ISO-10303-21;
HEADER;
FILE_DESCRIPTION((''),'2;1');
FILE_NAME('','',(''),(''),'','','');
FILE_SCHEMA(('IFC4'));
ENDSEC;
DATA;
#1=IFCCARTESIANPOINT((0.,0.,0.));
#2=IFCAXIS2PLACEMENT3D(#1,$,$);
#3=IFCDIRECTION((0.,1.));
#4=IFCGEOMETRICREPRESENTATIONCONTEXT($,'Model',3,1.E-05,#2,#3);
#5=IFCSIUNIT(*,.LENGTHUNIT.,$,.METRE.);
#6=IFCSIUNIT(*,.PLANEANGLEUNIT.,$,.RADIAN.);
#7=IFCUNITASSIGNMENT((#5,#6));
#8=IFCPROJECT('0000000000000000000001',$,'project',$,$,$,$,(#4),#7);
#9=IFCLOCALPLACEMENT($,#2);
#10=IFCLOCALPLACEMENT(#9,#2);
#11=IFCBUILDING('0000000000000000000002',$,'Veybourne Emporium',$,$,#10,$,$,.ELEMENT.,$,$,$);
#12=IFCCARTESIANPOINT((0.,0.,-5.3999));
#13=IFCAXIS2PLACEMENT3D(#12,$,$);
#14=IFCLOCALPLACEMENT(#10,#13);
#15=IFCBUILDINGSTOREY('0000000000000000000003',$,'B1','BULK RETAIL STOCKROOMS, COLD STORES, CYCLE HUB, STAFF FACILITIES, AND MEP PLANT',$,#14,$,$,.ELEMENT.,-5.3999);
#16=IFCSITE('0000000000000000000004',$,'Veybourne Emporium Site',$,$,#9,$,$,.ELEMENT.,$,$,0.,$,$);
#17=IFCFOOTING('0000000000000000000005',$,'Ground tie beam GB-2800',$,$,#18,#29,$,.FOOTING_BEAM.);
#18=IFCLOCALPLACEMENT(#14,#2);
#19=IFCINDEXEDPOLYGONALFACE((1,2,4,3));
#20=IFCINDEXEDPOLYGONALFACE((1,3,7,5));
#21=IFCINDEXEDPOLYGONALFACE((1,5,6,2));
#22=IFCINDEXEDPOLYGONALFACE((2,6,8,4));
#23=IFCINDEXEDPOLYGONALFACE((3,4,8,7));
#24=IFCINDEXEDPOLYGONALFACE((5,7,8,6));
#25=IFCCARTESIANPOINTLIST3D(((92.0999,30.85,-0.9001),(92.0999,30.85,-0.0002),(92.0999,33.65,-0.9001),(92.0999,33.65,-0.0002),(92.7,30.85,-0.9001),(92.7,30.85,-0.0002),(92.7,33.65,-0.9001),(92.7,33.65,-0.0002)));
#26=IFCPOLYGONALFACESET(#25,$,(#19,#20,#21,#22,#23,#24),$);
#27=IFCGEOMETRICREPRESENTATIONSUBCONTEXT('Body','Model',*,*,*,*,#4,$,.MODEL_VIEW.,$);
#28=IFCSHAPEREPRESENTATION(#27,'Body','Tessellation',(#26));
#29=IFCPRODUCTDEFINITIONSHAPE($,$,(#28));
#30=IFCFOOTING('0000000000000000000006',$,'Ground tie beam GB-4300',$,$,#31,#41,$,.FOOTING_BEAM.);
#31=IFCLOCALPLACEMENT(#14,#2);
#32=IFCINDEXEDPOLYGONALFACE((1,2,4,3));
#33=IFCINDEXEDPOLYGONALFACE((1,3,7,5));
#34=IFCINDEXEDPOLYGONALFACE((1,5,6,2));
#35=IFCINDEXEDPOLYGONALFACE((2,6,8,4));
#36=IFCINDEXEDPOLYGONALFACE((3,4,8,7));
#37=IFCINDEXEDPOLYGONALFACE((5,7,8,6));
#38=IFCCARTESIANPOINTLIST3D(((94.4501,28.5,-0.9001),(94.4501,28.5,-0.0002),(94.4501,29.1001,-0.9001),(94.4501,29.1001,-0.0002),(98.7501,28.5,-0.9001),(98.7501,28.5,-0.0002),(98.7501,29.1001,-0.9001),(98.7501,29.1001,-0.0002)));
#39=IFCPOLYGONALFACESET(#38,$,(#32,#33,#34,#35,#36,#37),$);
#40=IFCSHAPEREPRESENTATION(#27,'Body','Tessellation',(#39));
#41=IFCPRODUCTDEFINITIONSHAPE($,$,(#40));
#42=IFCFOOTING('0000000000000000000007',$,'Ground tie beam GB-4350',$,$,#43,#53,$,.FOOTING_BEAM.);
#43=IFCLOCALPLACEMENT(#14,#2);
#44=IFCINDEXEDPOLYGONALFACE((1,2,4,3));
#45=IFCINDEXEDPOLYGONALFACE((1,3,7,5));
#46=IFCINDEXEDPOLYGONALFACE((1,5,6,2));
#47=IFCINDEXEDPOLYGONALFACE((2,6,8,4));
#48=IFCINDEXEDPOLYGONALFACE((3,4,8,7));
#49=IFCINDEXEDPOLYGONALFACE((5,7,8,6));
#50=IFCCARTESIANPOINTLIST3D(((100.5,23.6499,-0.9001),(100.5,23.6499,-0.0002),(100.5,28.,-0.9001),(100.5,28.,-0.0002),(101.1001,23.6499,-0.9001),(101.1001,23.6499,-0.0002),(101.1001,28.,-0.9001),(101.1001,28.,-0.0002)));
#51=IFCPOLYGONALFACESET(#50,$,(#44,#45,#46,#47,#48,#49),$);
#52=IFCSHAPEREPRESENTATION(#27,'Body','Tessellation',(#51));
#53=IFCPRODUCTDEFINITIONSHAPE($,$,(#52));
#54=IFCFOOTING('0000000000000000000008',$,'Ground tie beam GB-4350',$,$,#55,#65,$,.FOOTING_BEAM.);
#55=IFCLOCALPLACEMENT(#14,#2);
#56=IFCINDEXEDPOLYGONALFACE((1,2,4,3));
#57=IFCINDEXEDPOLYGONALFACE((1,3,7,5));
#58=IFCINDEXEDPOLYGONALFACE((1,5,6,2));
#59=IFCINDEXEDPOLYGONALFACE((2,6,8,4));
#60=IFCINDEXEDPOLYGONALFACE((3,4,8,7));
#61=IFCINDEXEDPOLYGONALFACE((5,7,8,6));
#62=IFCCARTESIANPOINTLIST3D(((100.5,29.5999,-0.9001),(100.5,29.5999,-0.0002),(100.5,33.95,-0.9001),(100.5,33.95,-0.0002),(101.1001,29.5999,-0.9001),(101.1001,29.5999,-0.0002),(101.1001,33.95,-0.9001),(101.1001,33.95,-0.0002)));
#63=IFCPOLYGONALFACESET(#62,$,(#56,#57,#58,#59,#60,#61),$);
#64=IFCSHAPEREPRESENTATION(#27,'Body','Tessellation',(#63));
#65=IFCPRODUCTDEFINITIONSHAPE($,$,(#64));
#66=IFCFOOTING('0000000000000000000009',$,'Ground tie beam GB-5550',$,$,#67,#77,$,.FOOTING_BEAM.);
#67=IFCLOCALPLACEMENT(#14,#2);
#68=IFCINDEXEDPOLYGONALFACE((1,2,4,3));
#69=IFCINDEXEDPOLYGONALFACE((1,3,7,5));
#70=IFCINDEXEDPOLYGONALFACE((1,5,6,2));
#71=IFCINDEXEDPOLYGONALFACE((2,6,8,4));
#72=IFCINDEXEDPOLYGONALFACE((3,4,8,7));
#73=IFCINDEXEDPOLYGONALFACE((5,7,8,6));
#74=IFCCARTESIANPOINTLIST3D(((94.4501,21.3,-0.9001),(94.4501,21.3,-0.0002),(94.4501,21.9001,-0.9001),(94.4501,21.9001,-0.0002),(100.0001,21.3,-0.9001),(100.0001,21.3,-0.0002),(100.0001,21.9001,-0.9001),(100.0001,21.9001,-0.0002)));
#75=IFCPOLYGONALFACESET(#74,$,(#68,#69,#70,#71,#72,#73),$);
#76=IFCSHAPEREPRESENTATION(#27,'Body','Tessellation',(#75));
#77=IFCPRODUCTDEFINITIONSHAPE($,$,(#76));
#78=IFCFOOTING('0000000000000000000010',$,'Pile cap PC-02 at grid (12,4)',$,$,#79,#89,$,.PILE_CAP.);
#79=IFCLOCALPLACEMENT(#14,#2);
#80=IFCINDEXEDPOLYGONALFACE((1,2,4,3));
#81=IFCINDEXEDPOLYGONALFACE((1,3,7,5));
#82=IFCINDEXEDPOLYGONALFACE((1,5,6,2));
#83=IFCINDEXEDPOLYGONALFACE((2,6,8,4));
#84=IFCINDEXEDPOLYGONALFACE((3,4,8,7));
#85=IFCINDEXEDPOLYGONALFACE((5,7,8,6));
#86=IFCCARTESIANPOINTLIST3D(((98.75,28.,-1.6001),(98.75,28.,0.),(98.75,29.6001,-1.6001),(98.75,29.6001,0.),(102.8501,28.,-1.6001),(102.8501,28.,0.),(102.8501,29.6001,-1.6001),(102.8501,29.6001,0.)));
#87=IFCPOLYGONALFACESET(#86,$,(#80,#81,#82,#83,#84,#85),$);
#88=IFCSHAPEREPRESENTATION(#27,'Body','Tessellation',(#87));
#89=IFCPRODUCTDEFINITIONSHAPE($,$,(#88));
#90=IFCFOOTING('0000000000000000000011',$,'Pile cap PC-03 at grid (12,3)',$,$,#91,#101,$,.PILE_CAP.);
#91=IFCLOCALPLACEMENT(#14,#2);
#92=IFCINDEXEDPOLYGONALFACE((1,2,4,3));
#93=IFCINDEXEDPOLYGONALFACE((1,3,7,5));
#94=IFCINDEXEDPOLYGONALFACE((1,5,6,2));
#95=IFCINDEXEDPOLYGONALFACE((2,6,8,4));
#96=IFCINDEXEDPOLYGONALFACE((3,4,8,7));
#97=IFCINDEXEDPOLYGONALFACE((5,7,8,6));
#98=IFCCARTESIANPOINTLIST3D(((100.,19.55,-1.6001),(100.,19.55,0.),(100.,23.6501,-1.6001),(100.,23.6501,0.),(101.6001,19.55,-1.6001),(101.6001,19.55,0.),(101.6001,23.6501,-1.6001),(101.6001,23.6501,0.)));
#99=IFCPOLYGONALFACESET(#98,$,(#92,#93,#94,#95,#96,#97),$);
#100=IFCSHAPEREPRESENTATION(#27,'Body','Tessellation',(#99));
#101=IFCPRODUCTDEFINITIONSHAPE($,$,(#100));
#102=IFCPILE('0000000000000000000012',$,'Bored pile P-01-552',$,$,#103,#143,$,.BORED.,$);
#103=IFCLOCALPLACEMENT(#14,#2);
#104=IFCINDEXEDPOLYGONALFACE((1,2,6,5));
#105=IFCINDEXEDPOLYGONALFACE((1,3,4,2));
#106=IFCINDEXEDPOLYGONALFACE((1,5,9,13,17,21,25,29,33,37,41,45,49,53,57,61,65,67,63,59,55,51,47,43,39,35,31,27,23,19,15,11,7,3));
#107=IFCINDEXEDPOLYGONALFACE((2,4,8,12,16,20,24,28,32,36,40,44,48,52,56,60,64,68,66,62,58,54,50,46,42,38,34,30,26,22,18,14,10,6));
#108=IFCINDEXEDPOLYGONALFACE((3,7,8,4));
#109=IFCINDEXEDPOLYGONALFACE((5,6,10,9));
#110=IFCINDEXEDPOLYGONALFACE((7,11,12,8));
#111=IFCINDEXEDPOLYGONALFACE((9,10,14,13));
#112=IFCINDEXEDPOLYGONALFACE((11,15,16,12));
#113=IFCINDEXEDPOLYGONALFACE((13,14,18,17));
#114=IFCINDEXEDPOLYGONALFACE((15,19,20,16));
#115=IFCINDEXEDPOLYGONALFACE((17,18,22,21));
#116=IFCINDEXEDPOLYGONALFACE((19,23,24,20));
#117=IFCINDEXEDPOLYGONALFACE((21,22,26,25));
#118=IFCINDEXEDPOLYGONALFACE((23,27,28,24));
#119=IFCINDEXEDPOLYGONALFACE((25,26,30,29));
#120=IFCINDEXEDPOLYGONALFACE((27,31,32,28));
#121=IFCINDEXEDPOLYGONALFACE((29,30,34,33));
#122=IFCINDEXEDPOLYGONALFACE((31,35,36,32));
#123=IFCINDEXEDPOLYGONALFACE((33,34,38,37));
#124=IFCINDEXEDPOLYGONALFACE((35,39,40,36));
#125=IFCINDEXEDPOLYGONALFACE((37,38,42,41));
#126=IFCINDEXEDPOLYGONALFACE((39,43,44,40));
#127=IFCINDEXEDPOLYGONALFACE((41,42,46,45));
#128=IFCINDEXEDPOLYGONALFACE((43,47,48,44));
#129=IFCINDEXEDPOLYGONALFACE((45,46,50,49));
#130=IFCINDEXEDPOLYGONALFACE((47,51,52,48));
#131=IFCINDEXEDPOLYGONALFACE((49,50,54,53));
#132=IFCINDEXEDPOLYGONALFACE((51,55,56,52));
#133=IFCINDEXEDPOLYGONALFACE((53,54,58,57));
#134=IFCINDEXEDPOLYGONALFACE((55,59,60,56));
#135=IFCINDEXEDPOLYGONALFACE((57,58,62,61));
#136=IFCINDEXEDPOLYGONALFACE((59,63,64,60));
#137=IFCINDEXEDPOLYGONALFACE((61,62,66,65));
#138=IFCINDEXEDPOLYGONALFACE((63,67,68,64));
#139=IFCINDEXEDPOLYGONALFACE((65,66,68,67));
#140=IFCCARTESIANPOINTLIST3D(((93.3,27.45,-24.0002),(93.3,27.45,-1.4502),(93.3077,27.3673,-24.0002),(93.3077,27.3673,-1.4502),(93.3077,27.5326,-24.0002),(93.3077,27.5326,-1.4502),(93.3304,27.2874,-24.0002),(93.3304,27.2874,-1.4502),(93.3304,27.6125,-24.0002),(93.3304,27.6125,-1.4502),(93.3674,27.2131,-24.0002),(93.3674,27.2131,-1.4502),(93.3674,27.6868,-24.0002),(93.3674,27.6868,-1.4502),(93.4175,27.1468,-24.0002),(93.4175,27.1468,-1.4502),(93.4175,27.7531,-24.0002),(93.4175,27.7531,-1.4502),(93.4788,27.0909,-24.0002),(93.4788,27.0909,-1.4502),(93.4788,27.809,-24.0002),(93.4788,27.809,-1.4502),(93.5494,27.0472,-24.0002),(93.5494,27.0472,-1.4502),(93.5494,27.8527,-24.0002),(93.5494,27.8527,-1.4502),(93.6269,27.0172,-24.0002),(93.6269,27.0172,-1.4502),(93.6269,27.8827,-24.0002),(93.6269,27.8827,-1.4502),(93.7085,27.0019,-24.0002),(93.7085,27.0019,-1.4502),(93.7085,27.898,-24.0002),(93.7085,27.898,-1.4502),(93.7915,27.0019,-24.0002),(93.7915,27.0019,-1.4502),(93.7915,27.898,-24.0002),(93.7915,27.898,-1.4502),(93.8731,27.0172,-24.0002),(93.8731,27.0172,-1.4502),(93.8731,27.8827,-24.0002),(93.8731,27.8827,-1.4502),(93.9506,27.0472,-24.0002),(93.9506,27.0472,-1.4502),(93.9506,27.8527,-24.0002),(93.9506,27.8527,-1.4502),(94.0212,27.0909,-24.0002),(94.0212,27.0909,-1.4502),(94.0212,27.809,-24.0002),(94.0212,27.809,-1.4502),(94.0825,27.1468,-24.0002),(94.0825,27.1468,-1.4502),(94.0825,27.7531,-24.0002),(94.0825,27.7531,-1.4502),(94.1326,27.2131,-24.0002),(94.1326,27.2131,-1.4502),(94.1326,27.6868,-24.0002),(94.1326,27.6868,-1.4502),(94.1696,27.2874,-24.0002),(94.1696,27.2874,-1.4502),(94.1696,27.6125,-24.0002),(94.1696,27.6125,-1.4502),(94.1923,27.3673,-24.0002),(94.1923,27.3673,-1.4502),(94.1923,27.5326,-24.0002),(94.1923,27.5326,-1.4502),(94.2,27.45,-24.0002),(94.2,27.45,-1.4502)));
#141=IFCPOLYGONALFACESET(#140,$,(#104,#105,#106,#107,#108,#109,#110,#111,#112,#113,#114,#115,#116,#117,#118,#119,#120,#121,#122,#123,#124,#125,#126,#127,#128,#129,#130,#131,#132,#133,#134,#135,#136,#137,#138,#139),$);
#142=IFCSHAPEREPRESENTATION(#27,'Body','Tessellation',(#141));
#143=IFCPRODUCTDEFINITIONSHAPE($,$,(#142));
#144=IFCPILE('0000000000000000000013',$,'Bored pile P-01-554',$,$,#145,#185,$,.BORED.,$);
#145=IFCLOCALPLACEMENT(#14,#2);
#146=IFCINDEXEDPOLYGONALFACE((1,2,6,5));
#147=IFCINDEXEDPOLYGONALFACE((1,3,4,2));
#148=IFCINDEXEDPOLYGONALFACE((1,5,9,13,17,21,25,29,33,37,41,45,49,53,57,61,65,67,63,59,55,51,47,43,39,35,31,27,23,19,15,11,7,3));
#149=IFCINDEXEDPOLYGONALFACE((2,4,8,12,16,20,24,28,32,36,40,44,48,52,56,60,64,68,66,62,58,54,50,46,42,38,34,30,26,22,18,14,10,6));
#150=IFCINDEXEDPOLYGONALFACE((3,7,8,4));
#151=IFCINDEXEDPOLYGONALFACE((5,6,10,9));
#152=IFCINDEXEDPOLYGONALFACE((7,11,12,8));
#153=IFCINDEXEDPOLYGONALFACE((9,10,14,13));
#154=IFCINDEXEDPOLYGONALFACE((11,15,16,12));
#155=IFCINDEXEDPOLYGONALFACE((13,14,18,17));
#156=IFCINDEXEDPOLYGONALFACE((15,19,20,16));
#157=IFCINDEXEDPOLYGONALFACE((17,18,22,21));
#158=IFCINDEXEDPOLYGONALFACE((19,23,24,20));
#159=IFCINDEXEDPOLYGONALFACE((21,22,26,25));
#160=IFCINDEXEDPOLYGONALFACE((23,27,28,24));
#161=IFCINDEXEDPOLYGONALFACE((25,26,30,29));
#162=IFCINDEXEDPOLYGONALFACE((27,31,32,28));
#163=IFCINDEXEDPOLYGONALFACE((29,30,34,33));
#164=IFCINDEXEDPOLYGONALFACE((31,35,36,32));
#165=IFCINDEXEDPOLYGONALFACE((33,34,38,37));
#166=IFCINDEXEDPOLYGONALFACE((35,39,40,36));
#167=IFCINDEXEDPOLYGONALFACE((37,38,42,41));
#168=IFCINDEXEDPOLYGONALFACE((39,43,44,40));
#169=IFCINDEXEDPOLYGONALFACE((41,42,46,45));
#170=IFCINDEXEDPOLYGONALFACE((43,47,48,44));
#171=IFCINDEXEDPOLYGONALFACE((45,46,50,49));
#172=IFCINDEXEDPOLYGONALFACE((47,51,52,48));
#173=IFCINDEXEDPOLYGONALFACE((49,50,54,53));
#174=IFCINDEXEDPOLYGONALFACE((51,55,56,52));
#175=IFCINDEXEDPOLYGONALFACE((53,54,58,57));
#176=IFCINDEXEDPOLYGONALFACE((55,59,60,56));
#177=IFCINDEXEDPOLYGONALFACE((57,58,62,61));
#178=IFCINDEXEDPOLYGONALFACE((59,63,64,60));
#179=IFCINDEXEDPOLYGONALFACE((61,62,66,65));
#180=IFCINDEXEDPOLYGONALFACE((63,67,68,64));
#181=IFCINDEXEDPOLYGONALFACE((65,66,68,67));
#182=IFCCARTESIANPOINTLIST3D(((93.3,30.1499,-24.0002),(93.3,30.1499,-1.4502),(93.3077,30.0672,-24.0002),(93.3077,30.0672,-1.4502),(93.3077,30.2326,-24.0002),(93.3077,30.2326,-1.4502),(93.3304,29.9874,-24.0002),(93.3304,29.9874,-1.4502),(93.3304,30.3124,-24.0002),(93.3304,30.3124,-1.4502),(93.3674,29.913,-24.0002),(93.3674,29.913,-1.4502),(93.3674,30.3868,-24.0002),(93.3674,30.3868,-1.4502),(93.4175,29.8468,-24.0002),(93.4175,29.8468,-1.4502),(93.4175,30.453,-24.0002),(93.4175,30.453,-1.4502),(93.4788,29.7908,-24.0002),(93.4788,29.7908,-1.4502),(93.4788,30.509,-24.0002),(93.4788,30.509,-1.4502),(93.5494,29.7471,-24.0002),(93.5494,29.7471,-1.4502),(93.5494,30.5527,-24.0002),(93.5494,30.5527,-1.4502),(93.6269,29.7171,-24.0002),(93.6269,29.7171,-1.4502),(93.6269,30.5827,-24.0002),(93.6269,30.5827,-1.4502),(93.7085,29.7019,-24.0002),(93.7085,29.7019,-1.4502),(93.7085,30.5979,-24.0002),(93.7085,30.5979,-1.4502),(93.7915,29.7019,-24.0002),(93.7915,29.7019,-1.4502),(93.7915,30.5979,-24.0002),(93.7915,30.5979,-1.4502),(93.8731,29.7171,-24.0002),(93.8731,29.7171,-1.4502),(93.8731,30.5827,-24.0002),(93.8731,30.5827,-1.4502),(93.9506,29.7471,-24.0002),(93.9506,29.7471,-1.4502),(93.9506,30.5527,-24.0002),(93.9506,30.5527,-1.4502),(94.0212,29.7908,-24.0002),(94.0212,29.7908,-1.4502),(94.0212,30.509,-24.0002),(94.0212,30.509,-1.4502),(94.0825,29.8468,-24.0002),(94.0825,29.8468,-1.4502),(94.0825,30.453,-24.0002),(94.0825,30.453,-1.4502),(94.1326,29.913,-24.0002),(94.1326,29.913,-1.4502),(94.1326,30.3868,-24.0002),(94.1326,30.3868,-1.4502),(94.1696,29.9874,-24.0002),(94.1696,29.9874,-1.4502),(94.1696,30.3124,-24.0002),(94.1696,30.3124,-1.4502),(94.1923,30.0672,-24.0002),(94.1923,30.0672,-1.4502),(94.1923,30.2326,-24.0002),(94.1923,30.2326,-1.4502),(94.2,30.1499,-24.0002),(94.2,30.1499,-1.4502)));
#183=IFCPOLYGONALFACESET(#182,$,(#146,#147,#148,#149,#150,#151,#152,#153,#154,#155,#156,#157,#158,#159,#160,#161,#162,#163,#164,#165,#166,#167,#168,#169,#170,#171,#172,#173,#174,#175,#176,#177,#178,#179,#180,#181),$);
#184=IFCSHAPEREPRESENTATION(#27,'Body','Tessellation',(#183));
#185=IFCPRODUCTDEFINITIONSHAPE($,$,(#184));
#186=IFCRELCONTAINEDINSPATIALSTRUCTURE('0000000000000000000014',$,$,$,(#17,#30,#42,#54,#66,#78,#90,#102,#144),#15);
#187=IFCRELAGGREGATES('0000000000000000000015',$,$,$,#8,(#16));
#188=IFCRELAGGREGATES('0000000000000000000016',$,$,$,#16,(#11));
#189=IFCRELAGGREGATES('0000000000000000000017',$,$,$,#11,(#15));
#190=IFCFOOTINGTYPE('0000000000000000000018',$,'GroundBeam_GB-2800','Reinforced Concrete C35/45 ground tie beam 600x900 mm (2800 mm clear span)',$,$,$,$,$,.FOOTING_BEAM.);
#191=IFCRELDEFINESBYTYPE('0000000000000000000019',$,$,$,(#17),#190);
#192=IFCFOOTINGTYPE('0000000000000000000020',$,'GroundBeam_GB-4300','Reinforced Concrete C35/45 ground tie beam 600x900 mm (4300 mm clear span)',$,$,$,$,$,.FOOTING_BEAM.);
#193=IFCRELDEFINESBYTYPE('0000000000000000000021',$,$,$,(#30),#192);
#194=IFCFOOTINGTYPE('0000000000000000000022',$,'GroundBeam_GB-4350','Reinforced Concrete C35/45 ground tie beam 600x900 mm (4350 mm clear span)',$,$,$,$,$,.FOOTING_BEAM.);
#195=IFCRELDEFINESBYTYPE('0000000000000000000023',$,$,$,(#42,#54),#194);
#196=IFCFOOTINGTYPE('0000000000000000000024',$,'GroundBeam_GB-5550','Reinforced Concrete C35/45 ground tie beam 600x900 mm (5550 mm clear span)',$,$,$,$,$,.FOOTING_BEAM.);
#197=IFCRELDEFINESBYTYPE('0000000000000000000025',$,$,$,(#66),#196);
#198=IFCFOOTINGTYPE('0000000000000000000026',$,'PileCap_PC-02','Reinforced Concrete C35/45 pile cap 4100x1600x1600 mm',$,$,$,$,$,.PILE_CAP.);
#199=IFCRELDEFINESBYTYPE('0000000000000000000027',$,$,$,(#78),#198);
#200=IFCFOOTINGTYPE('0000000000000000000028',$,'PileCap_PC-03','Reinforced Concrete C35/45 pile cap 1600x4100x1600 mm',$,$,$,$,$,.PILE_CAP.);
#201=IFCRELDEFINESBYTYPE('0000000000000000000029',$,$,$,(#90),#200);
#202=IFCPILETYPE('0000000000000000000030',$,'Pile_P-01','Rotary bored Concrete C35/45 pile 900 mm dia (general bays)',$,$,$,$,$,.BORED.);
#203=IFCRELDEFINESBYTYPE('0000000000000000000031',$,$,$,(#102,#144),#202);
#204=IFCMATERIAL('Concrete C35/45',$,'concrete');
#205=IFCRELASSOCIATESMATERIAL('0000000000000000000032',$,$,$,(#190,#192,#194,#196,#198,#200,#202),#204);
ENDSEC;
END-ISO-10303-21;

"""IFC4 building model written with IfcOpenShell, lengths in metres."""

from ifc_helpers import new_model, si_unit, direction, frame, origin, origin_2d, place, context, subcontext, project, spatial, rectangle, circle, extrude, material, material_profile, profile_set, type_object, element, save


model = new_model("IFC4")

# Units and contexts
model_context = context("Model", 3, precision=1e-05, world=origin(), true_north=direction((0.0, 1.0)))
body_context = subcontext(model_context, "Body", "Model", "MODEL_VIEW")
ifc_project = project(units=[si_unit("LENGTHUNIT", "METRE"), si_unit("PLANEANGLEUNIT", "RADIAN")], contexts=[model_context])

# Site, building, storey
site_placement = place(None, origin())
site = spatial("IfcSite", under=ifc_project, at=site_placement, Name="Veybourne Emporium Site", CompositionType="ELEMENT", RefElevation=0.0)
building_placement = place(site_placement, origin())
building = spatial("IfcBuilding", under=site, at=building_placement, Name="Veybourne Emporium", CompositionType="ELEMENT")
storey_placement = place(building_placement, frame((0.0, 0.0, -5.3999)))
storey = spatial("IfcBuildingStorey", under=building, at=storey_placement, Name="B1", Description="BULK RETAIL STOCKROOMS, COLD STORES, CYCLE HUB, STAFF FACILITIES, AND MEP PLANT", CompositionType="ELEMENT", Elevation=-5.3999)

# Footings
ifc_material_1 = material(Name="Concrete C35/45", Category="concrete")
footing_type_1 = type_object("IfcFootingType", Name="GroundBeam_GB-2800", Description="Reinforced Concrete C35/45 ground tie beam 600x900 mm (2800 mm clear span)", PredefinedType="FOOTING_BEAM", material=ifc_material_1)
footing_1_placement = place(storey_placement, frame((92.3999, 32.25, -0.9001), z_axis=(0.0, 0.0, 1.0), x_axis=(0.0, 1.0, 0.0)))
element("IfcFooting", 1, at=footing_1_placement, inside=storey, type_object=footing_type_1, Name="Ground tie beam GB-2800", PredefinedType="FOOTING_BEAM", context=body_context, shape_type="SweptSolid", body=[
    extrude(rectangle(XDim=2.8, YDim=0.6001, at=origin_2d()), origin(), (0.0, 0.0, 1.0), 0.8999),
])
footing_type_2 = type_object("IfcFootingType", Name="GroundBeam_GB-4300", Description="Reinforced Concrete C35/45 ground tie beam 600x900 mm (4300 mm clear span)", PredefinedType="FOOTING_BEAM", material=ifc_material_1)
footing_2_placement = place(storey_placement, frame((96.6001, 28.8, -0.9001), z_axis=(0.0, 0.0, 1.0), x_axis=(1.0, 0.0, 0.0)))
element("IfcFooting", 2, at=footing_2_placement, inside=storey, type_object=footing_type_2, Name="Ground tie beam GB-4300", PredefinedType="FOOTING_BEAM", context=body_context, shape_type="SweptSolid", body=[
    extrude(rectangle(XDim=4.3, YDim=0.6001, at=origin_2d()), origin(), (0.0, 0.0, 1.0), 0.8999),
])
footing_type_3 = type_object("IfcFootingType", Name="GroundBeam_GB-4350", Description="Reinforced Concrete C35/45 ground tie beam 600x900 mm (4350 mm clear span)", PredefinedType="FOOTING_BEAM", material=ifc_material_1)
for number, where, z_axis, x_axis, name in (
    (3, (100.8, 25.825, -0.9001), (0.0, 0.0, 1.0), (0.0, 1.0, 0.0), "Ground tie beam GB-4350"),
    (4, (100.8, 31.7749, -0.9001), (0.0, 0.0, 1.0), (0.0, 1.0, 0.0), "Ground tie beam GB-4350"),
):
    element("IfcFooting", number, at=place(storey_placement, frame(where, z_axis=z_axis, x_axis=x_axis)), inside=storey, type_object=footing_type_3, Name=name, PredefinedType="FOOTING_BEAM", context=body_context, shape_type="SweptSolid", body=[
        extrude(rectangle(XDim=4.3501, YDim=0.6001, at=origin_2d()), origin(), (0.0, 0.0, 1.0), 0.8999),
    ])
footing_type_4 = type_object("IfcFootingType", Name="GroundBeam_GB-5550", Description="Reinforced Concrete C35/45 ground tie beam 600x900 mm (5550 mm clear span)", PredefinedType="FOOTING_BEAM", material=ifc_material_1)
footing_3_placement = place(storey_placement, frame((97.2251, 21.6001, -0.9001), z_axis=(0.0, 0.0, 1.0), x_axis=(1.0, 0.0, 0.0)))
element("IfcFooting", 5, at=footing_3_placement, inside=storey, type_object=footing_type_4, Name="Ground tie beam GB-5550", PredefinedType="FOOTING_BEAM", context=body_context, shape_type="SweptSolid", body=[
    extrude(rectangle(XDim=5.55, YDim=0.6001, at=origin_2d()), origin(), (0.0, 0.0, 1.0), 0.8999),
])
footing_type_5 = type_object("IfcFootingType", Name="PileCap_PC-02", Description="Reinforced Concrete C35/45 pile cap 4100x1600x1600 mm", PredefinedType="PILE_CAP", material=ifc_material_1)
footing_4_placement = place(storey_placement, frame((100.8, 28.8, -1.6001), z_axis=(0.0, 0.0, 1.0), x_axis=(1.0, 0.0, 0.0)))
element("IfcFooting", 6, at=footing_4_placement, inside=storey, type_object=footing_type_5, Name="Pile cap PC-02 at grid (12,4)", PredefinedType="PILE_CAP", context=body_context, shape_type="SweptSolid", body=[
    extrude(rectangle(XDim=4.1001, YDim=1.6001, at=origin_2d()), origin(), (0.0, 0.0, 1.0), 1.6001),
])
footing_type_6 = type_object("IfcFootingType", Name="PileCap_PC-03", Description="Reinforced Concrete C35/45 pile cap 1600x4100x1600 mm", PredefinedType="PILE_CAP", material=ifc_material_1)
footing_5_placement = place(storey_placement, frame((100.8, 21.6001, -1.6001), z_axis=(0.0, 0.0, 1.0), x_axis=(1.0, 0.0, 0.0)))
element("IfcFooting", 7, at=footing_5_placement, inside=storey, type_object=footing_type_6, Name="Pile cap PC-03 at grid (12,3)", PredefinedType="PILE_CAP", context=body_context, shape_type="SweptSolid", body=[
    extrude(rectangle(XDim=1.6001, YDim=4.1001, at=origin_2d()), origin(), (0.0, 0.0, 1.0), 1.6001),
])

# Piles
ifc_material_profile_1 = material_profile(ifc_material_1, circle(Radius=0.45, at=origin_2d()), Name="BORED PILE 900")
ifc_profile_set_1 = profile_set([ifc_material_profile_1], Name="Concrete C35/45")
pile_type_1 = type_object("IfcPileType", Name="Pile_P-01", Description="Rotary bored Concrete C35/45 pile 900 mm dia (general bays)", PredefinedType="BORED", material=ifc_profile_set_1)
for number, where, z_axis, x_axis, name in (
    (8, (93.75, 27.45, -1.4502), (0.0, 0.0, -1.0), (1.0, 0.0, 0.0), "Bored pile P-01-552"),
    (9, (93.75, 30.1499, -1.4502), (0.0, 0.0, -1.0), (1.0, 0.0, 0.0), "Bored pile P-01-554"),
):
    element("IfcPile", number, at=place(storey_placement, frame(where, z_axis=z_axis, x_axis=x_axis)), inside=storey, type_object=pile_type_1, Name=name, PredefinedType="BORED", context=body_context, shape_type="SweptSolid", body=[
        extrude(circle(Radius=0.45, at=origin_2d()), origin(), (0.0, 0.0, 1.0), 22.55),
    ])

save(model, "model.ifc")
